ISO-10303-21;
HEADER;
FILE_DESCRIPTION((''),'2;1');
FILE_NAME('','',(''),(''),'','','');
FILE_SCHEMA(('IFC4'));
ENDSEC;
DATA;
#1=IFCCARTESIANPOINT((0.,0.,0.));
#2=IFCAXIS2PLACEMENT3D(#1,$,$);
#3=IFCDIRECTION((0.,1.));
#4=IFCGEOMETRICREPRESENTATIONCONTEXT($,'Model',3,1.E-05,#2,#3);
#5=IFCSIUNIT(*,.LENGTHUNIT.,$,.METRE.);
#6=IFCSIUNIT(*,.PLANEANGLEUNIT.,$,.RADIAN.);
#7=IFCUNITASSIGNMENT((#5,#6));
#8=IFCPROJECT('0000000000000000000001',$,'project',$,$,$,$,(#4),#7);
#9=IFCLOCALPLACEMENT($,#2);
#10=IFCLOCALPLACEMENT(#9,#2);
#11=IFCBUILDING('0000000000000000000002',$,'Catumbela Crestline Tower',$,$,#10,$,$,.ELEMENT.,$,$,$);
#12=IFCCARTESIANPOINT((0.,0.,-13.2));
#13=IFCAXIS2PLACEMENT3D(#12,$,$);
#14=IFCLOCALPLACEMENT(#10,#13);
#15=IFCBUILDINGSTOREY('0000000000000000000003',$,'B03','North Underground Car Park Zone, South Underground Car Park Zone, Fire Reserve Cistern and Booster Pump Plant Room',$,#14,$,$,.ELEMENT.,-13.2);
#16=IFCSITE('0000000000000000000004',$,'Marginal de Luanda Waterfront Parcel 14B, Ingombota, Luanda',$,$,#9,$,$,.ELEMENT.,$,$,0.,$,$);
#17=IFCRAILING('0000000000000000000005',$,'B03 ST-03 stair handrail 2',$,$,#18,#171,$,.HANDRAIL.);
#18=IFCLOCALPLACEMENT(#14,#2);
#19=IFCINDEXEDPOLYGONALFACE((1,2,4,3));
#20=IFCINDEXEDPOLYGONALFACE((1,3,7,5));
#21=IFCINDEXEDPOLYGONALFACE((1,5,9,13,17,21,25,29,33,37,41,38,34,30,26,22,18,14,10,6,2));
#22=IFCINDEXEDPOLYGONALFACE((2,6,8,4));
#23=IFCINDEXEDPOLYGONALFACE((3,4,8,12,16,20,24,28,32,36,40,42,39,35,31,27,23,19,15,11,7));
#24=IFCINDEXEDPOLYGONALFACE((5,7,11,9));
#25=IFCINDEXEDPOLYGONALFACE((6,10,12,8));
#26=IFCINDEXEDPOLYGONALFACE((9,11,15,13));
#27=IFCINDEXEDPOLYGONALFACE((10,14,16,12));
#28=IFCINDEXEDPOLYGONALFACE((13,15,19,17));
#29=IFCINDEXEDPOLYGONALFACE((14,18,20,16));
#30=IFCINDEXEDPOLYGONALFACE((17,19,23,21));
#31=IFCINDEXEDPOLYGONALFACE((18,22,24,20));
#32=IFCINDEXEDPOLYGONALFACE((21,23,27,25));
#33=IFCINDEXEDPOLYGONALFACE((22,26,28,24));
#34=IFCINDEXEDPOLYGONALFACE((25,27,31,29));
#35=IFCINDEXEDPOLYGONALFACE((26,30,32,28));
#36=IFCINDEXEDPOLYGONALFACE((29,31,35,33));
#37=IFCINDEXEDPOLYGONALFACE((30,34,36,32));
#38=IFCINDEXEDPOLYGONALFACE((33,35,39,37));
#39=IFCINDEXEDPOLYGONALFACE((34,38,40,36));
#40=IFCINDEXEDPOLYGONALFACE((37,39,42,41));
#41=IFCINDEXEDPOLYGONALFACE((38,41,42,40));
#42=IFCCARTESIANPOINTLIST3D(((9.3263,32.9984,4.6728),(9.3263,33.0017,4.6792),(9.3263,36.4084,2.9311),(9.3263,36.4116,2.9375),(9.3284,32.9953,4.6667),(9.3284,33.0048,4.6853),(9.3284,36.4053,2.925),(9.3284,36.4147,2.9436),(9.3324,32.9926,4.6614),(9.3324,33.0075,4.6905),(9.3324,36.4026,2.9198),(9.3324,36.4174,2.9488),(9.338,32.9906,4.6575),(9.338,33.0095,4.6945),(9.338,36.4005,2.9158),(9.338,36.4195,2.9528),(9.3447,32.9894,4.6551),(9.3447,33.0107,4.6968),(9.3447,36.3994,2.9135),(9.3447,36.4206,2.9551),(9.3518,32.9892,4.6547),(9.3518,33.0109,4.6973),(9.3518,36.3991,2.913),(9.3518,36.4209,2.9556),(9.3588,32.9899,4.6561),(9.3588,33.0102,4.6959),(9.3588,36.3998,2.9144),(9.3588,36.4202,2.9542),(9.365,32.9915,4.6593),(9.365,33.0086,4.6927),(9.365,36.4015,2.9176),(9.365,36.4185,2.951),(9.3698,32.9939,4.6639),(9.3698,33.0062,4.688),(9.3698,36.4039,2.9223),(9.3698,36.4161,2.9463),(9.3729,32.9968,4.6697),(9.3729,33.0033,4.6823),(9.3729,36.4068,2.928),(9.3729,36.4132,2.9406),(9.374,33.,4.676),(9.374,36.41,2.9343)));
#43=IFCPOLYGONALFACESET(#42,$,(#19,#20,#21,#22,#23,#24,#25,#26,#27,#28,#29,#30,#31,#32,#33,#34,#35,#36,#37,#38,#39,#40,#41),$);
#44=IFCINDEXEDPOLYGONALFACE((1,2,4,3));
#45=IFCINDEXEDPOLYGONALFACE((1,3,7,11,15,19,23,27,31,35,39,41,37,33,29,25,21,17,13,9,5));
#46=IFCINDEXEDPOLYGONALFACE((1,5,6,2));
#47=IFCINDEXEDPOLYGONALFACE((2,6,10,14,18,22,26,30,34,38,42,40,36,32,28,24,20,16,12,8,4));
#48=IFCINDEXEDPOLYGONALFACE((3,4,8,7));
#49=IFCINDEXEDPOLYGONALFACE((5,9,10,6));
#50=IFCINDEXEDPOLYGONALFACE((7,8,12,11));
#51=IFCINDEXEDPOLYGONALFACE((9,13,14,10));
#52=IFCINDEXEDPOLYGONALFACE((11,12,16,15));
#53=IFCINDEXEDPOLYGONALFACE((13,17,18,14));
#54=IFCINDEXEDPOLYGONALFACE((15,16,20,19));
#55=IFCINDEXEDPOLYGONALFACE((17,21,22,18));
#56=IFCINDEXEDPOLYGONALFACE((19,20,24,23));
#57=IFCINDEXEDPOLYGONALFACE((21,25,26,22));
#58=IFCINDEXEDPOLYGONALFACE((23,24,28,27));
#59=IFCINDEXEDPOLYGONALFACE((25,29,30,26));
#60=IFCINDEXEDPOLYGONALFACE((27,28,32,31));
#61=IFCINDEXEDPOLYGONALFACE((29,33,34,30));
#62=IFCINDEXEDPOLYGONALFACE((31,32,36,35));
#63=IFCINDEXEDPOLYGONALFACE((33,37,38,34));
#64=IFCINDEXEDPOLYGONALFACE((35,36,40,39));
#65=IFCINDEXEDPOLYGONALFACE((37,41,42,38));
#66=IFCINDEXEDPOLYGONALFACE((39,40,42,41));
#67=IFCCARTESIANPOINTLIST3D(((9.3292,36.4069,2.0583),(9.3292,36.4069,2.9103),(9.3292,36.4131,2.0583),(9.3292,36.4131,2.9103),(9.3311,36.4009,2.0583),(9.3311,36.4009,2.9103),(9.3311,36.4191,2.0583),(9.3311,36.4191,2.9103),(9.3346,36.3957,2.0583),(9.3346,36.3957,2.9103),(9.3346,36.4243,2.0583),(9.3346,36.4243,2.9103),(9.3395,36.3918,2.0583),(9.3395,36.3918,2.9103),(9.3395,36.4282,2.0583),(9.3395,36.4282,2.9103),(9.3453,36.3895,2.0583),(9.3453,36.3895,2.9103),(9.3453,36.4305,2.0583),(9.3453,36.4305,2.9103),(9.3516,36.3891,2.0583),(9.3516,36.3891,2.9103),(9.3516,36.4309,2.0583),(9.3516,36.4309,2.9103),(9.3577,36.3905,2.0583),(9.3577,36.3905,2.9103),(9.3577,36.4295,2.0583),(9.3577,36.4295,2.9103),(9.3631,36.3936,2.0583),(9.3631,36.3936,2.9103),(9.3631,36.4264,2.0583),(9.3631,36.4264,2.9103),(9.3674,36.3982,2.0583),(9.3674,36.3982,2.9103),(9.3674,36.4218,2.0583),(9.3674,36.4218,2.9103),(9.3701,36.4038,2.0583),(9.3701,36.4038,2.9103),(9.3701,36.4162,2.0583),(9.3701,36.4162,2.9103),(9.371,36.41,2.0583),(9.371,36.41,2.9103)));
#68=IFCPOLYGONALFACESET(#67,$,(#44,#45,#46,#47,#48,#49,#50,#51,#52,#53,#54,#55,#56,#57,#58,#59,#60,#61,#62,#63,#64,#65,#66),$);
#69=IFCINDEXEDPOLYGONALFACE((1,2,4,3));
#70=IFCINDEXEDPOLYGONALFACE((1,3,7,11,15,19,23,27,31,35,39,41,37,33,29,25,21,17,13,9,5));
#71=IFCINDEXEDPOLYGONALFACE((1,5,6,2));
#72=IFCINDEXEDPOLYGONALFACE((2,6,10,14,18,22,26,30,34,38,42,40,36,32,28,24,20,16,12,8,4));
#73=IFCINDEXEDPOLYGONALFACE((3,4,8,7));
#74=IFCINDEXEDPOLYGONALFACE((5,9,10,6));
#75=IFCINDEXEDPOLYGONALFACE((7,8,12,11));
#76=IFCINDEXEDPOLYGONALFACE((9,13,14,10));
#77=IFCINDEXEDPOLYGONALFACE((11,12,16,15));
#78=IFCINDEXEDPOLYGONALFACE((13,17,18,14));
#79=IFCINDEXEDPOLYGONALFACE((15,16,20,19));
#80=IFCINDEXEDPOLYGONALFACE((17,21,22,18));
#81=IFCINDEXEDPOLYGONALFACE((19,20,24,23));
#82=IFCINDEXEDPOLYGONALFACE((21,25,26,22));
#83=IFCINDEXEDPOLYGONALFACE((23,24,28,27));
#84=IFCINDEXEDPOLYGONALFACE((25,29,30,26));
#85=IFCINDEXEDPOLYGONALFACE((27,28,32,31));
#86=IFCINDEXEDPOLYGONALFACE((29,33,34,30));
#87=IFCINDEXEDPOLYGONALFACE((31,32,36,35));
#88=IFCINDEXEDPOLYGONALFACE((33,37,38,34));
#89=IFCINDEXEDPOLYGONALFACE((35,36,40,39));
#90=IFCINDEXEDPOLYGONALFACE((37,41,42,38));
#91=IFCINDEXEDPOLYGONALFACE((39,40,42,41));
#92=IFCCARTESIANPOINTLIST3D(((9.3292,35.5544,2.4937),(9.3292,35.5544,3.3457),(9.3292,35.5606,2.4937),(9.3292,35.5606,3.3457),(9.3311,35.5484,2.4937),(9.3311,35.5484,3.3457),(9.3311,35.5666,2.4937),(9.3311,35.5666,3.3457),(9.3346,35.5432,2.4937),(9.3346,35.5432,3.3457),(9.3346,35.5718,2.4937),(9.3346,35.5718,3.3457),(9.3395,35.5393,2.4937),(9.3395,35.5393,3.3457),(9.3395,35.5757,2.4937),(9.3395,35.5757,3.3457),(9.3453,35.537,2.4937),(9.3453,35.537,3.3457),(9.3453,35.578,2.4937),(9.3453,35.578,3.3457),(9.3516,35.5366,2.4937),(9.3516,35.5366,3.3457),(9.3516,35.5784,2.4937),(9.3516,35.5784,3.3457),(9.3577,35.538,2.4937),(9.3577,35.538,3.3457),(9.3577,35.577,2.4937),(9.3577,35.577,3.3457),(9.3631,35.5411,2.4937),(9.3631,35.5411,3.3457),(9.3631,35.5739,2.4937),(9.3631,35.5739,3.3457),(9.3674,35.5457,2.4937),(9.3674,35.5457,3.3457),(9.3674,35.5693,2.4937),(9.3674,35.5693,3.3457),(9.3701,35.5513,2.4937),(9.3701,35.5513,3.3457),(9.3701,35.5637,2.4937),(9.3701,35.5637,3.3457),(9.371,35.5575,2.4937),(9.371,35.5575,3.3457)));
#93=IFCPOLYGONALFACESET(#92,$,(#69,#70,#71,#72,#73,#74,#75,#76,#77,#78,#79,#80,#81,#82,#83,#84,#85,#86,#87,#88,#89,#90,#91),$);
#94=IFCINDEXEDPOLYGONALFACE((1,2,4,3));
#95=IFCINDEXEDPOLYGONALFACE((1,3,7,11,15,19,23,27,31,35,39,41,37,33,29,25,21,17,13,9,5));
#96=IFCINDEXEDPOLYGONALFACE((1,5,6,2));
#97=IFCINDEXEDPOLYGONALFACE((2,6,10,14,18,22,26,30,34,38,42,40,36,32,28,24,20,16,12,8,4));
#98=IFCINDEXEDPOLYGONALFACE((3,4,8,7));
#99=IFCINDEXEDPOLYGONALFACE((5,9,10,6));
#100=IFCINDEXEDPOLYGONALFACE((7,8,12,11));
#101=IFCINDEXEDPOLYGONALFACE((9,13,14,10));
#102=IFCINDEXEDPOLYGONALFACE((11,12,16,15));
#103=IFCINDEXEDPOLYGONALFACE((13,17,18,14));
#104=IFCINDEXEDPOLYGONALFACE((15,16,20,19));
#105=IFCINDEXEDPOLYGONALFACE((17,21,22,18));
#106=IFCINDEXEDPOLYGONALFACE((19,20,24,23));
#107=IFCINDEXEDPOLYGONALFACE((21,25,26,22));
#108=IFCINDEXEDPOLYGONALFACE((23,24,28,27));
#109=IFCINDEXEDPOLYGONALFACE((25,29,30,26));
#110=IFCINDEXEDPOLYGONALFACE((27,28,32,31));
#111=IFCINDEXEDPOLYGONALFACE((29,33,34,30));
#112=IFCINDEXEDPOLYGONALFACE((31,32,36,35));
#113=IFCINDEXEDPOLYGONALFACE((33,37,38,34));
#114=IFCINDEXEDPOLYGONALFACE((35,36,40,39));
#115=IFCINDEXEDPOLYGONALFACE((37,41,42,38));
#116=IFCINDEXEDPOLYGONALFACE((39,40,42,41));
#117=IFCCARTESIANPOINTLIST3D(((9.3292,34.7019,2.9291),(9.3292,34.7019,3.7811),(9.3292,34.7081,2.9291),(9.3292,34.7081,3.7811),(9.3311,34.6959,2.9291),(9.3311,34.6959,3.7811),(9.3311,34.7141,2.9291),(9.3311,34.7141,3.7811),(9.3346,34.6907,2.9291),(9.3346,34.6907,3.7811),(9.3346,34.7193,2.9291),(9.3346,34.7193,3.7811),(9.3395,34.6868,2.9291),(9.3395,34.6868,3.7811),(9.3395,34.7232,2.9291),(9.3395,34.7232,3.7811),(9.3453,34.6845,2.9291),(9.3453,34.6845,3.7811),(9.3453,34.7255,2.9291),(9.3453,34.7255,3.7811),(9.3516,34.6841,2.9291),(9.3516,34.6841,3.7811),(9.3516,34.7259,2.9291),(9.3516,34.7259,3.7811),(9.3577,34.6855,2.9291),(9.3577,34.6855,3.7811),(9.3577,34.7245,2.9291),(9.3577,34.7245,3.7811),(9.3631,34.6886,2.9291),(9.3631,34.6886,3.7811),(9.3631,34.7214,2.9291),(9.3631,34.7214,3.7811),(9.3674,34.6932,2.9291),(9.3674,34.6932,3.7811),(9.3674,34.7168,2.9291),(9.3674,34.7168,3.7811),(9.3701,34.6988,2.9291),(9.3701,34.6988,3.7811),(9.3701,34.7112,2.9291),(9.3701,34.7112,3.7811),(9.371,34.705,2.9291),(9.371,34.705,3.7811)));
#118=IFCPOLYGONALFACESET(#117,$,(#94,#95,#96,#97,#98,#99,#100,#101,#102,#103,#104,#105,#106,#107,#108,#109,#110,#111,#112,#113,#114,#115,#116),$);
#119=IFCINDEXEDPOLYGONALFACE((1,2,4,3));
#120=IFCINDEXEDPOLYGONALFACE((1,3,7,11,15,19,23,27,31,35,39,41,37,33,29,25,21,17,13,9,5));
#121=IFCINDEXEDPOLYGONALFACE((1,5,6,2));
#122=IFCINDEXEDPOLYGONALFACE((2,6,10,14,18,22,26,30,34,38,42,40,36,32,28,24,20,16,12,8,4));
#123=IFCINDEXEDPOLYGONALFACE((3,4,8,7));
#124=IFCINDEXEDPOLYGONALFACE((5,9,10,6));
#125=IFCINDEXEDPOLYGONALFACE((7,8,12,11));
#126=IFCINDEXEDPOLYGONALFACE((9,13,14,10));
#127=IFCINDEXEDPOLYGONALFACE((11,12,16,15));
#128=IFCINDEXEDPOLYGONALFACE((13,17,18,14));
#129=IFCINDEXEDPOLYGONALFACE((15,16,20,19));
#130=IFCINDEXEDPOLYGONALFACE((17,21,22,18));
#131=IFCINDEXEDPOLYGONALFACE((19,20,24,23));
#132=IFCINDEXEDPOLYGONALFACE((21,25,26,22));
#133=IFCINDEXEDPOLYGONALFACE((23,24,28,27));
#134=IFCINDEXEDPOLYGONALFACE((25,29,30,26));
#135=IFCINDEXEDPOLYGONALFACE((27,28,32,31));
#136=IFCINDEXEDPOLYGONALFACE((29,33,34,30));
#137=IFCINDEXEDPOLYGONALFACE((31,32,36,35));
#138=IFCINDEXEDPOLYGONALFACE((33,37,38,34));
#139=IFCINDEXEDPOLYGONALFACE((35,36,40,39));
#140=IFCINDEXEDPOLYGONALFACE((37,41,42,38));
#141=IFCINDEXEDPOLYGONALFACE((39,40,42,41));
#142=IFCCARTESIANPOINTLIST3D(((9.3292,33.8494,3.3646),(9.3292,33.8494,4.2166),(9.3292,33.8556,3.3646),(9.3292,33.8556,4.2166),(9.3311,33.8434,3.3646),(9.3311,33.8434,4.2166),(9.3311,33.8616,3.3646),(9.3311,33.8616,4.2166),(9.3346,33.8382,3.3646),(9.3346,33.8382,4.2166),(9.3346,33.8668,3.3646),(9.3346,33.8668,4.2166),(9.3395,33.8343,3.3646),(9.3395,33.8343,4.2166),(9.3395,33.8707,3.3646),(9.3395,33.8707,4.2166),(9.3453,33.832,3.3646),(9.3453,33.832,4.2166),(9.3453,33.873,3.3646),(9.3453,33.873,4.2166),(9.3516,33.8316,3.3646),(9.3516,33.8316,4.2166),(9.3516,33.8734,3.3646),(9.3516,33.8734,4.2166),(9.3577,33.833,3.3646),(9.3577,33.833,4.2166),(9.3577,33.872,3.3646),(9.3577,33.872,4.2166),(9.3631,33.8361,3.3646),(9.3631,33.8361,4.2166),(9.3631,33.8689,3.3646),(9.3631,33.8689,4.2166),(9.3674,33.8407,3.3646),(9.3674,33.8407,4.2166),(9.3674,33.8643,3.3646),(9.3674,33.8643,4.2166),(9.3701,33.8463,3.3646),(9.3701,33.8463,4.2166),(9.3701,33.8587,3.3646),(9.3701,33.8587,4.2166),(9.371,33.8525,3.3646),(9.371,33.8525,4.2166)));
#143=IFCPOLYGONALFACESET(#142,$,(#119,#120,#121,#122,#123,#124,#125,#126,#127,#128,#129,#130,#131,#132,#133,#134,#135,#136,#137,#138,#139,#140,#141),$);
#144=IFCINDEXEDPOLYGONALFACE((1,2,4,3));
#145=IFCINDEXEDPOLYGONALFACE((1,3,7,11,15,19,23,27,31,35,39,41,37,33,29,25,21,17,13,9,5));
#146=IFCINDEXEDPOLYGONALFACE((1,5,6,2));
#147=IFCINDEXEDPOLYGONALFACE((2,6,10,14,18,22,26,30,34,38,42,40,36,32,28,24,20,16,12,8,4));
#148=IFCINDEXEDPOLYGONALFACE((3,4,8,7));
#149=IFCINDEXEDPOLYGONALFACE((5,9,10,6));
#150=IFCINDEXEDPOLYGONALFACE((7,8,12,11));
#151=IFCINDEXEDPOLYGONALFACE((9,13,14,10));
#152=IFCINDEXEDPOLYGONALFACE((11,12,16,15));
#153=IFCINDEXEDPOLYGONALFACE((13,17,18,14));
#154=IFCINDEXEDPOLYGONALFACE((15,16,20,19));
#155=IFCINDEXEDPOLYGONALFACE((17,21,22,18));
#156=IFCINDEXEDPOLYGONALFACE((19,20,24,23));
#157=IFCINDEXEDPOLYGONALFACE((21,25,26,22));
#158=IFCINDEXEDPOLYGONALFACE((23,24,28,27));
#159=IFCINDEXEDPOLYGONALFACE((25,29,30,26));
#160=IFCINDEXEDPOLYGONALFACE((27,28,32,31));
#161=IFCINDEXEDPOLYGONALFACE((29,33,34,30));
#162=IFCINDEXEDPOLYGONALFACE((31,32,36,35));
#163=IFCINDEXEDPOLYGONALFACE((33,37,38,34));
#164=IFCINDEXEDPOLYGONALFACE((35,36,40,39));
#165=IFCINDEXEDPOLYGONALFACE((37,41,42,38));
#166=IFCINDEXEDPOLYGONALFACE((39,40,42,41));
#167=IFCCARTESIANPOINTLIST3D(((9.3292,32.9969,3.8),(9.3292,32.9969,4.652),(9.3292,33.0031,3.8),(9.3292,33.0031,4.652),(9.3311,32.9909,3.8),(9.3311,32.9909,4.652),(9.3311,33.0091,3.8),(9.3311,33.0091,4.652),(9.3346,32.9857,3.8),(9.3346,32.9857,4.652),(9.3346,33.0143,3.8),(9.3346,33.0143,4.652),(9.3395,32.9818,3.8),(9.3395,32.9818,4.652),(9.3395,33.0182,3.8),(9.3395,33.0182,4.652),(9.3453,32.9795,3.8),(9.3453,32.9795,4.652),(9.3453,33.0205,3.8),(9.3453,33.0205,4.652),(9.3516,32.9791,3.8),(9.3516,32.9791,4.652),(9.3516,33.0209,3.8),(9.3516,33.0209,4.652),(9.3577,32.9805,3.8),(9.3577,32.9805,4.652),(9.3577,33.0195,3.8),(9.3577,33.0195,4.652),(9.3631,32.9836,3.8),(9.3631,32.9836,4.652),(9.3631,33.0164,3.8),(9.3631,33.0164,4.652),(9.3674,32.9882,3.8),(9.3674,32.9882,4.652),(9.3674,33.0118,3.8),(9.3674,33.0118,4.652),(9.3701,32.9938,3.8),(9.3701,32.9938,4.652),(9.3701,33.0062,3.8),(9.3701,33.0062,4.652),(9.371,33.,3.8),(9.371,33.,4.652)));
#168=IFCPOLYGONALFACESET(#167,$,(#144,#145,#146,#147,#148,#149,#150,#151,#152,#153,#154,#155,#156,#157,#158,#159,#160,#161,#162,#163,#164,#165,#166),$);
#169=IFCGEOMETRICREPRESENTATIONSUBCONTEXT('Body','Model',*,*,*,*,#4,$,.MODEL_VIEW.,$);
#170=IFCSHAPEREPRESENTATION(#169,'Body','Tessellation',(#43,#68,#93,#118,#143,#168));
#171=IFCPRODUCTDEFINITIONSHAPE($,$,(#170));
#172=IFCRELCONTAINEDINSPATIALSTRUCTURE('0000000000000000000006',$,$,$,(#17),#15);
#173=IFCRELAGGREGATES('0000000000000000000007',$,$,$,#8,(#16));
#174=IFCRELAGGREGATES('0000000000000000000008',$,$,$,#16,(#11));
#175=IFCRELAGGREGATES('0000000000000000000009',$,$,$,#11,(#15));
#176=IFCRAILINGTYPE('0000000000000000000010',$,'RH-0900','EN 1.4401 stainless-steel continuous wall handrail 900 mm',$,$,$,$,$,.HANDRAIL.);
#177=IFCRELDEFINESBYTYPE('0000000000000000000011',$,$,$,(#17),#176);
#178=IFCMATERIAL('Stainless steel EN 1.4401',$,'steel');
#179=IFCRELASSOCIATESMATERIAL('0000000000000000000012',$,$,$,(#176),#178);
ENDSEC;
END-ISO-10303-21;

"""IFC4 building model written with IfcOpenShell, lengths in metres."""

from ifc_helpers import new_model, si_unit, direction, frame, origin, origin_2d, place, context, subcontext, project, spatial, circle, extrude, material, type_object, element, save


model = new_model("IFC4")

# Units and contexts
model_context = context("Model", 3, precision=1e-05, world=origin(), true_north=direction((0.0, 1.0)))
body_context = subcontext(model_context, "Body", "Model", "MODEL_VIEW")
ifc_project = project(units=[si_unit("LENGTHUNIT", "METRE"), si_unit("PLANEANGLEUNIT", "RADIAN")], contexts=[model_context])

# Site, building, storey
site_placement = place(None, origin())
site = spatial("IfcSite", under=ifc_project, at=site_placement, Name="Marginal de Luanda Waterfront Parcel 14B, Ingombota, Luanda", CompositionType="ELEMENT", RefElevation=0.0)
building_placement = place(site_placement, origin())
building = spatial("IfcBuilding", under=site, at=building_placement, Name="Catumbela Crestline Tower", CompositionType="ELEMENT")
storey_placement = place(building_placement, frame((0.0, 0.0, -13.2)))
storey = spatial("IfcBuildingStorey", under=building, at=storey_placement, Name="B03", Description="North Underground Car Park Zone, South Underground Car Park Zone, Fire Reserve Cistern and Booster Pump Plant Room", CompositionType="ELEMENT", Elevation=-13.2)

# Shared definitions
ifc_material_1 = material(Name="Stainless steel EN 1.4401", Category="steel")

# Railing
railing_type_1 = type_object("IfcRailingType", Name="RH-0900", Description="EN 1.4401 stainless-steel continuous wall handrail 900 mm", PredefinedType="HANDRAIL", material=ifc_material_1)
railing_1_placement = place(storey_placement, frame((9.35, 36.41, 2.0583)))
element("IfcRailing", 1, at=railing_1_placement, inside=storey, type_object=railing_type_1, Name="B03 ST-03 stair handrail 2", PredefinedType="HANDRAIL", context=body_context, shape_type="SweptSolid", body=[
    extrude(circle(Radius=0.024, at=origin_2d()), frame((0.0, 0.0, 0.876), z_axis=(0.0, -0.89056, 0.454865), x_axis=(1.0, 0.0, 0.0)), (0.0, 0.0, 1.0), 3.829),
    extrude(circle(Radius=0.021, at=origin_2d()), origin(), (0.0, 0.0, 1.0), 0.852),
    extrude(circle(Radius=0.021, at=origin_2d()), frame((0.0, -0.8525, 0.4354)), (0.0, 0.0, 1.0), 0.852),
    extrude(circle(Radius=0.021, at=origin_2d()), frame((0.0, -1.705, 0.8708)), (0.0, 0.0, 1.0), 0.852),
    extrude(circle(Radius=0.021, at=origin_2d()), frame((0.0, -2.5575, 1.3063)), (0.0, 0.0, 1.0), 0.852),
    extrude(circle(Radius=0.021, at=origin_2d()), frame((0.0, -3.41, 1.7417)), (0.0, 0.0, 1.0), 0.852),
])

save(model, "model.ifc")
